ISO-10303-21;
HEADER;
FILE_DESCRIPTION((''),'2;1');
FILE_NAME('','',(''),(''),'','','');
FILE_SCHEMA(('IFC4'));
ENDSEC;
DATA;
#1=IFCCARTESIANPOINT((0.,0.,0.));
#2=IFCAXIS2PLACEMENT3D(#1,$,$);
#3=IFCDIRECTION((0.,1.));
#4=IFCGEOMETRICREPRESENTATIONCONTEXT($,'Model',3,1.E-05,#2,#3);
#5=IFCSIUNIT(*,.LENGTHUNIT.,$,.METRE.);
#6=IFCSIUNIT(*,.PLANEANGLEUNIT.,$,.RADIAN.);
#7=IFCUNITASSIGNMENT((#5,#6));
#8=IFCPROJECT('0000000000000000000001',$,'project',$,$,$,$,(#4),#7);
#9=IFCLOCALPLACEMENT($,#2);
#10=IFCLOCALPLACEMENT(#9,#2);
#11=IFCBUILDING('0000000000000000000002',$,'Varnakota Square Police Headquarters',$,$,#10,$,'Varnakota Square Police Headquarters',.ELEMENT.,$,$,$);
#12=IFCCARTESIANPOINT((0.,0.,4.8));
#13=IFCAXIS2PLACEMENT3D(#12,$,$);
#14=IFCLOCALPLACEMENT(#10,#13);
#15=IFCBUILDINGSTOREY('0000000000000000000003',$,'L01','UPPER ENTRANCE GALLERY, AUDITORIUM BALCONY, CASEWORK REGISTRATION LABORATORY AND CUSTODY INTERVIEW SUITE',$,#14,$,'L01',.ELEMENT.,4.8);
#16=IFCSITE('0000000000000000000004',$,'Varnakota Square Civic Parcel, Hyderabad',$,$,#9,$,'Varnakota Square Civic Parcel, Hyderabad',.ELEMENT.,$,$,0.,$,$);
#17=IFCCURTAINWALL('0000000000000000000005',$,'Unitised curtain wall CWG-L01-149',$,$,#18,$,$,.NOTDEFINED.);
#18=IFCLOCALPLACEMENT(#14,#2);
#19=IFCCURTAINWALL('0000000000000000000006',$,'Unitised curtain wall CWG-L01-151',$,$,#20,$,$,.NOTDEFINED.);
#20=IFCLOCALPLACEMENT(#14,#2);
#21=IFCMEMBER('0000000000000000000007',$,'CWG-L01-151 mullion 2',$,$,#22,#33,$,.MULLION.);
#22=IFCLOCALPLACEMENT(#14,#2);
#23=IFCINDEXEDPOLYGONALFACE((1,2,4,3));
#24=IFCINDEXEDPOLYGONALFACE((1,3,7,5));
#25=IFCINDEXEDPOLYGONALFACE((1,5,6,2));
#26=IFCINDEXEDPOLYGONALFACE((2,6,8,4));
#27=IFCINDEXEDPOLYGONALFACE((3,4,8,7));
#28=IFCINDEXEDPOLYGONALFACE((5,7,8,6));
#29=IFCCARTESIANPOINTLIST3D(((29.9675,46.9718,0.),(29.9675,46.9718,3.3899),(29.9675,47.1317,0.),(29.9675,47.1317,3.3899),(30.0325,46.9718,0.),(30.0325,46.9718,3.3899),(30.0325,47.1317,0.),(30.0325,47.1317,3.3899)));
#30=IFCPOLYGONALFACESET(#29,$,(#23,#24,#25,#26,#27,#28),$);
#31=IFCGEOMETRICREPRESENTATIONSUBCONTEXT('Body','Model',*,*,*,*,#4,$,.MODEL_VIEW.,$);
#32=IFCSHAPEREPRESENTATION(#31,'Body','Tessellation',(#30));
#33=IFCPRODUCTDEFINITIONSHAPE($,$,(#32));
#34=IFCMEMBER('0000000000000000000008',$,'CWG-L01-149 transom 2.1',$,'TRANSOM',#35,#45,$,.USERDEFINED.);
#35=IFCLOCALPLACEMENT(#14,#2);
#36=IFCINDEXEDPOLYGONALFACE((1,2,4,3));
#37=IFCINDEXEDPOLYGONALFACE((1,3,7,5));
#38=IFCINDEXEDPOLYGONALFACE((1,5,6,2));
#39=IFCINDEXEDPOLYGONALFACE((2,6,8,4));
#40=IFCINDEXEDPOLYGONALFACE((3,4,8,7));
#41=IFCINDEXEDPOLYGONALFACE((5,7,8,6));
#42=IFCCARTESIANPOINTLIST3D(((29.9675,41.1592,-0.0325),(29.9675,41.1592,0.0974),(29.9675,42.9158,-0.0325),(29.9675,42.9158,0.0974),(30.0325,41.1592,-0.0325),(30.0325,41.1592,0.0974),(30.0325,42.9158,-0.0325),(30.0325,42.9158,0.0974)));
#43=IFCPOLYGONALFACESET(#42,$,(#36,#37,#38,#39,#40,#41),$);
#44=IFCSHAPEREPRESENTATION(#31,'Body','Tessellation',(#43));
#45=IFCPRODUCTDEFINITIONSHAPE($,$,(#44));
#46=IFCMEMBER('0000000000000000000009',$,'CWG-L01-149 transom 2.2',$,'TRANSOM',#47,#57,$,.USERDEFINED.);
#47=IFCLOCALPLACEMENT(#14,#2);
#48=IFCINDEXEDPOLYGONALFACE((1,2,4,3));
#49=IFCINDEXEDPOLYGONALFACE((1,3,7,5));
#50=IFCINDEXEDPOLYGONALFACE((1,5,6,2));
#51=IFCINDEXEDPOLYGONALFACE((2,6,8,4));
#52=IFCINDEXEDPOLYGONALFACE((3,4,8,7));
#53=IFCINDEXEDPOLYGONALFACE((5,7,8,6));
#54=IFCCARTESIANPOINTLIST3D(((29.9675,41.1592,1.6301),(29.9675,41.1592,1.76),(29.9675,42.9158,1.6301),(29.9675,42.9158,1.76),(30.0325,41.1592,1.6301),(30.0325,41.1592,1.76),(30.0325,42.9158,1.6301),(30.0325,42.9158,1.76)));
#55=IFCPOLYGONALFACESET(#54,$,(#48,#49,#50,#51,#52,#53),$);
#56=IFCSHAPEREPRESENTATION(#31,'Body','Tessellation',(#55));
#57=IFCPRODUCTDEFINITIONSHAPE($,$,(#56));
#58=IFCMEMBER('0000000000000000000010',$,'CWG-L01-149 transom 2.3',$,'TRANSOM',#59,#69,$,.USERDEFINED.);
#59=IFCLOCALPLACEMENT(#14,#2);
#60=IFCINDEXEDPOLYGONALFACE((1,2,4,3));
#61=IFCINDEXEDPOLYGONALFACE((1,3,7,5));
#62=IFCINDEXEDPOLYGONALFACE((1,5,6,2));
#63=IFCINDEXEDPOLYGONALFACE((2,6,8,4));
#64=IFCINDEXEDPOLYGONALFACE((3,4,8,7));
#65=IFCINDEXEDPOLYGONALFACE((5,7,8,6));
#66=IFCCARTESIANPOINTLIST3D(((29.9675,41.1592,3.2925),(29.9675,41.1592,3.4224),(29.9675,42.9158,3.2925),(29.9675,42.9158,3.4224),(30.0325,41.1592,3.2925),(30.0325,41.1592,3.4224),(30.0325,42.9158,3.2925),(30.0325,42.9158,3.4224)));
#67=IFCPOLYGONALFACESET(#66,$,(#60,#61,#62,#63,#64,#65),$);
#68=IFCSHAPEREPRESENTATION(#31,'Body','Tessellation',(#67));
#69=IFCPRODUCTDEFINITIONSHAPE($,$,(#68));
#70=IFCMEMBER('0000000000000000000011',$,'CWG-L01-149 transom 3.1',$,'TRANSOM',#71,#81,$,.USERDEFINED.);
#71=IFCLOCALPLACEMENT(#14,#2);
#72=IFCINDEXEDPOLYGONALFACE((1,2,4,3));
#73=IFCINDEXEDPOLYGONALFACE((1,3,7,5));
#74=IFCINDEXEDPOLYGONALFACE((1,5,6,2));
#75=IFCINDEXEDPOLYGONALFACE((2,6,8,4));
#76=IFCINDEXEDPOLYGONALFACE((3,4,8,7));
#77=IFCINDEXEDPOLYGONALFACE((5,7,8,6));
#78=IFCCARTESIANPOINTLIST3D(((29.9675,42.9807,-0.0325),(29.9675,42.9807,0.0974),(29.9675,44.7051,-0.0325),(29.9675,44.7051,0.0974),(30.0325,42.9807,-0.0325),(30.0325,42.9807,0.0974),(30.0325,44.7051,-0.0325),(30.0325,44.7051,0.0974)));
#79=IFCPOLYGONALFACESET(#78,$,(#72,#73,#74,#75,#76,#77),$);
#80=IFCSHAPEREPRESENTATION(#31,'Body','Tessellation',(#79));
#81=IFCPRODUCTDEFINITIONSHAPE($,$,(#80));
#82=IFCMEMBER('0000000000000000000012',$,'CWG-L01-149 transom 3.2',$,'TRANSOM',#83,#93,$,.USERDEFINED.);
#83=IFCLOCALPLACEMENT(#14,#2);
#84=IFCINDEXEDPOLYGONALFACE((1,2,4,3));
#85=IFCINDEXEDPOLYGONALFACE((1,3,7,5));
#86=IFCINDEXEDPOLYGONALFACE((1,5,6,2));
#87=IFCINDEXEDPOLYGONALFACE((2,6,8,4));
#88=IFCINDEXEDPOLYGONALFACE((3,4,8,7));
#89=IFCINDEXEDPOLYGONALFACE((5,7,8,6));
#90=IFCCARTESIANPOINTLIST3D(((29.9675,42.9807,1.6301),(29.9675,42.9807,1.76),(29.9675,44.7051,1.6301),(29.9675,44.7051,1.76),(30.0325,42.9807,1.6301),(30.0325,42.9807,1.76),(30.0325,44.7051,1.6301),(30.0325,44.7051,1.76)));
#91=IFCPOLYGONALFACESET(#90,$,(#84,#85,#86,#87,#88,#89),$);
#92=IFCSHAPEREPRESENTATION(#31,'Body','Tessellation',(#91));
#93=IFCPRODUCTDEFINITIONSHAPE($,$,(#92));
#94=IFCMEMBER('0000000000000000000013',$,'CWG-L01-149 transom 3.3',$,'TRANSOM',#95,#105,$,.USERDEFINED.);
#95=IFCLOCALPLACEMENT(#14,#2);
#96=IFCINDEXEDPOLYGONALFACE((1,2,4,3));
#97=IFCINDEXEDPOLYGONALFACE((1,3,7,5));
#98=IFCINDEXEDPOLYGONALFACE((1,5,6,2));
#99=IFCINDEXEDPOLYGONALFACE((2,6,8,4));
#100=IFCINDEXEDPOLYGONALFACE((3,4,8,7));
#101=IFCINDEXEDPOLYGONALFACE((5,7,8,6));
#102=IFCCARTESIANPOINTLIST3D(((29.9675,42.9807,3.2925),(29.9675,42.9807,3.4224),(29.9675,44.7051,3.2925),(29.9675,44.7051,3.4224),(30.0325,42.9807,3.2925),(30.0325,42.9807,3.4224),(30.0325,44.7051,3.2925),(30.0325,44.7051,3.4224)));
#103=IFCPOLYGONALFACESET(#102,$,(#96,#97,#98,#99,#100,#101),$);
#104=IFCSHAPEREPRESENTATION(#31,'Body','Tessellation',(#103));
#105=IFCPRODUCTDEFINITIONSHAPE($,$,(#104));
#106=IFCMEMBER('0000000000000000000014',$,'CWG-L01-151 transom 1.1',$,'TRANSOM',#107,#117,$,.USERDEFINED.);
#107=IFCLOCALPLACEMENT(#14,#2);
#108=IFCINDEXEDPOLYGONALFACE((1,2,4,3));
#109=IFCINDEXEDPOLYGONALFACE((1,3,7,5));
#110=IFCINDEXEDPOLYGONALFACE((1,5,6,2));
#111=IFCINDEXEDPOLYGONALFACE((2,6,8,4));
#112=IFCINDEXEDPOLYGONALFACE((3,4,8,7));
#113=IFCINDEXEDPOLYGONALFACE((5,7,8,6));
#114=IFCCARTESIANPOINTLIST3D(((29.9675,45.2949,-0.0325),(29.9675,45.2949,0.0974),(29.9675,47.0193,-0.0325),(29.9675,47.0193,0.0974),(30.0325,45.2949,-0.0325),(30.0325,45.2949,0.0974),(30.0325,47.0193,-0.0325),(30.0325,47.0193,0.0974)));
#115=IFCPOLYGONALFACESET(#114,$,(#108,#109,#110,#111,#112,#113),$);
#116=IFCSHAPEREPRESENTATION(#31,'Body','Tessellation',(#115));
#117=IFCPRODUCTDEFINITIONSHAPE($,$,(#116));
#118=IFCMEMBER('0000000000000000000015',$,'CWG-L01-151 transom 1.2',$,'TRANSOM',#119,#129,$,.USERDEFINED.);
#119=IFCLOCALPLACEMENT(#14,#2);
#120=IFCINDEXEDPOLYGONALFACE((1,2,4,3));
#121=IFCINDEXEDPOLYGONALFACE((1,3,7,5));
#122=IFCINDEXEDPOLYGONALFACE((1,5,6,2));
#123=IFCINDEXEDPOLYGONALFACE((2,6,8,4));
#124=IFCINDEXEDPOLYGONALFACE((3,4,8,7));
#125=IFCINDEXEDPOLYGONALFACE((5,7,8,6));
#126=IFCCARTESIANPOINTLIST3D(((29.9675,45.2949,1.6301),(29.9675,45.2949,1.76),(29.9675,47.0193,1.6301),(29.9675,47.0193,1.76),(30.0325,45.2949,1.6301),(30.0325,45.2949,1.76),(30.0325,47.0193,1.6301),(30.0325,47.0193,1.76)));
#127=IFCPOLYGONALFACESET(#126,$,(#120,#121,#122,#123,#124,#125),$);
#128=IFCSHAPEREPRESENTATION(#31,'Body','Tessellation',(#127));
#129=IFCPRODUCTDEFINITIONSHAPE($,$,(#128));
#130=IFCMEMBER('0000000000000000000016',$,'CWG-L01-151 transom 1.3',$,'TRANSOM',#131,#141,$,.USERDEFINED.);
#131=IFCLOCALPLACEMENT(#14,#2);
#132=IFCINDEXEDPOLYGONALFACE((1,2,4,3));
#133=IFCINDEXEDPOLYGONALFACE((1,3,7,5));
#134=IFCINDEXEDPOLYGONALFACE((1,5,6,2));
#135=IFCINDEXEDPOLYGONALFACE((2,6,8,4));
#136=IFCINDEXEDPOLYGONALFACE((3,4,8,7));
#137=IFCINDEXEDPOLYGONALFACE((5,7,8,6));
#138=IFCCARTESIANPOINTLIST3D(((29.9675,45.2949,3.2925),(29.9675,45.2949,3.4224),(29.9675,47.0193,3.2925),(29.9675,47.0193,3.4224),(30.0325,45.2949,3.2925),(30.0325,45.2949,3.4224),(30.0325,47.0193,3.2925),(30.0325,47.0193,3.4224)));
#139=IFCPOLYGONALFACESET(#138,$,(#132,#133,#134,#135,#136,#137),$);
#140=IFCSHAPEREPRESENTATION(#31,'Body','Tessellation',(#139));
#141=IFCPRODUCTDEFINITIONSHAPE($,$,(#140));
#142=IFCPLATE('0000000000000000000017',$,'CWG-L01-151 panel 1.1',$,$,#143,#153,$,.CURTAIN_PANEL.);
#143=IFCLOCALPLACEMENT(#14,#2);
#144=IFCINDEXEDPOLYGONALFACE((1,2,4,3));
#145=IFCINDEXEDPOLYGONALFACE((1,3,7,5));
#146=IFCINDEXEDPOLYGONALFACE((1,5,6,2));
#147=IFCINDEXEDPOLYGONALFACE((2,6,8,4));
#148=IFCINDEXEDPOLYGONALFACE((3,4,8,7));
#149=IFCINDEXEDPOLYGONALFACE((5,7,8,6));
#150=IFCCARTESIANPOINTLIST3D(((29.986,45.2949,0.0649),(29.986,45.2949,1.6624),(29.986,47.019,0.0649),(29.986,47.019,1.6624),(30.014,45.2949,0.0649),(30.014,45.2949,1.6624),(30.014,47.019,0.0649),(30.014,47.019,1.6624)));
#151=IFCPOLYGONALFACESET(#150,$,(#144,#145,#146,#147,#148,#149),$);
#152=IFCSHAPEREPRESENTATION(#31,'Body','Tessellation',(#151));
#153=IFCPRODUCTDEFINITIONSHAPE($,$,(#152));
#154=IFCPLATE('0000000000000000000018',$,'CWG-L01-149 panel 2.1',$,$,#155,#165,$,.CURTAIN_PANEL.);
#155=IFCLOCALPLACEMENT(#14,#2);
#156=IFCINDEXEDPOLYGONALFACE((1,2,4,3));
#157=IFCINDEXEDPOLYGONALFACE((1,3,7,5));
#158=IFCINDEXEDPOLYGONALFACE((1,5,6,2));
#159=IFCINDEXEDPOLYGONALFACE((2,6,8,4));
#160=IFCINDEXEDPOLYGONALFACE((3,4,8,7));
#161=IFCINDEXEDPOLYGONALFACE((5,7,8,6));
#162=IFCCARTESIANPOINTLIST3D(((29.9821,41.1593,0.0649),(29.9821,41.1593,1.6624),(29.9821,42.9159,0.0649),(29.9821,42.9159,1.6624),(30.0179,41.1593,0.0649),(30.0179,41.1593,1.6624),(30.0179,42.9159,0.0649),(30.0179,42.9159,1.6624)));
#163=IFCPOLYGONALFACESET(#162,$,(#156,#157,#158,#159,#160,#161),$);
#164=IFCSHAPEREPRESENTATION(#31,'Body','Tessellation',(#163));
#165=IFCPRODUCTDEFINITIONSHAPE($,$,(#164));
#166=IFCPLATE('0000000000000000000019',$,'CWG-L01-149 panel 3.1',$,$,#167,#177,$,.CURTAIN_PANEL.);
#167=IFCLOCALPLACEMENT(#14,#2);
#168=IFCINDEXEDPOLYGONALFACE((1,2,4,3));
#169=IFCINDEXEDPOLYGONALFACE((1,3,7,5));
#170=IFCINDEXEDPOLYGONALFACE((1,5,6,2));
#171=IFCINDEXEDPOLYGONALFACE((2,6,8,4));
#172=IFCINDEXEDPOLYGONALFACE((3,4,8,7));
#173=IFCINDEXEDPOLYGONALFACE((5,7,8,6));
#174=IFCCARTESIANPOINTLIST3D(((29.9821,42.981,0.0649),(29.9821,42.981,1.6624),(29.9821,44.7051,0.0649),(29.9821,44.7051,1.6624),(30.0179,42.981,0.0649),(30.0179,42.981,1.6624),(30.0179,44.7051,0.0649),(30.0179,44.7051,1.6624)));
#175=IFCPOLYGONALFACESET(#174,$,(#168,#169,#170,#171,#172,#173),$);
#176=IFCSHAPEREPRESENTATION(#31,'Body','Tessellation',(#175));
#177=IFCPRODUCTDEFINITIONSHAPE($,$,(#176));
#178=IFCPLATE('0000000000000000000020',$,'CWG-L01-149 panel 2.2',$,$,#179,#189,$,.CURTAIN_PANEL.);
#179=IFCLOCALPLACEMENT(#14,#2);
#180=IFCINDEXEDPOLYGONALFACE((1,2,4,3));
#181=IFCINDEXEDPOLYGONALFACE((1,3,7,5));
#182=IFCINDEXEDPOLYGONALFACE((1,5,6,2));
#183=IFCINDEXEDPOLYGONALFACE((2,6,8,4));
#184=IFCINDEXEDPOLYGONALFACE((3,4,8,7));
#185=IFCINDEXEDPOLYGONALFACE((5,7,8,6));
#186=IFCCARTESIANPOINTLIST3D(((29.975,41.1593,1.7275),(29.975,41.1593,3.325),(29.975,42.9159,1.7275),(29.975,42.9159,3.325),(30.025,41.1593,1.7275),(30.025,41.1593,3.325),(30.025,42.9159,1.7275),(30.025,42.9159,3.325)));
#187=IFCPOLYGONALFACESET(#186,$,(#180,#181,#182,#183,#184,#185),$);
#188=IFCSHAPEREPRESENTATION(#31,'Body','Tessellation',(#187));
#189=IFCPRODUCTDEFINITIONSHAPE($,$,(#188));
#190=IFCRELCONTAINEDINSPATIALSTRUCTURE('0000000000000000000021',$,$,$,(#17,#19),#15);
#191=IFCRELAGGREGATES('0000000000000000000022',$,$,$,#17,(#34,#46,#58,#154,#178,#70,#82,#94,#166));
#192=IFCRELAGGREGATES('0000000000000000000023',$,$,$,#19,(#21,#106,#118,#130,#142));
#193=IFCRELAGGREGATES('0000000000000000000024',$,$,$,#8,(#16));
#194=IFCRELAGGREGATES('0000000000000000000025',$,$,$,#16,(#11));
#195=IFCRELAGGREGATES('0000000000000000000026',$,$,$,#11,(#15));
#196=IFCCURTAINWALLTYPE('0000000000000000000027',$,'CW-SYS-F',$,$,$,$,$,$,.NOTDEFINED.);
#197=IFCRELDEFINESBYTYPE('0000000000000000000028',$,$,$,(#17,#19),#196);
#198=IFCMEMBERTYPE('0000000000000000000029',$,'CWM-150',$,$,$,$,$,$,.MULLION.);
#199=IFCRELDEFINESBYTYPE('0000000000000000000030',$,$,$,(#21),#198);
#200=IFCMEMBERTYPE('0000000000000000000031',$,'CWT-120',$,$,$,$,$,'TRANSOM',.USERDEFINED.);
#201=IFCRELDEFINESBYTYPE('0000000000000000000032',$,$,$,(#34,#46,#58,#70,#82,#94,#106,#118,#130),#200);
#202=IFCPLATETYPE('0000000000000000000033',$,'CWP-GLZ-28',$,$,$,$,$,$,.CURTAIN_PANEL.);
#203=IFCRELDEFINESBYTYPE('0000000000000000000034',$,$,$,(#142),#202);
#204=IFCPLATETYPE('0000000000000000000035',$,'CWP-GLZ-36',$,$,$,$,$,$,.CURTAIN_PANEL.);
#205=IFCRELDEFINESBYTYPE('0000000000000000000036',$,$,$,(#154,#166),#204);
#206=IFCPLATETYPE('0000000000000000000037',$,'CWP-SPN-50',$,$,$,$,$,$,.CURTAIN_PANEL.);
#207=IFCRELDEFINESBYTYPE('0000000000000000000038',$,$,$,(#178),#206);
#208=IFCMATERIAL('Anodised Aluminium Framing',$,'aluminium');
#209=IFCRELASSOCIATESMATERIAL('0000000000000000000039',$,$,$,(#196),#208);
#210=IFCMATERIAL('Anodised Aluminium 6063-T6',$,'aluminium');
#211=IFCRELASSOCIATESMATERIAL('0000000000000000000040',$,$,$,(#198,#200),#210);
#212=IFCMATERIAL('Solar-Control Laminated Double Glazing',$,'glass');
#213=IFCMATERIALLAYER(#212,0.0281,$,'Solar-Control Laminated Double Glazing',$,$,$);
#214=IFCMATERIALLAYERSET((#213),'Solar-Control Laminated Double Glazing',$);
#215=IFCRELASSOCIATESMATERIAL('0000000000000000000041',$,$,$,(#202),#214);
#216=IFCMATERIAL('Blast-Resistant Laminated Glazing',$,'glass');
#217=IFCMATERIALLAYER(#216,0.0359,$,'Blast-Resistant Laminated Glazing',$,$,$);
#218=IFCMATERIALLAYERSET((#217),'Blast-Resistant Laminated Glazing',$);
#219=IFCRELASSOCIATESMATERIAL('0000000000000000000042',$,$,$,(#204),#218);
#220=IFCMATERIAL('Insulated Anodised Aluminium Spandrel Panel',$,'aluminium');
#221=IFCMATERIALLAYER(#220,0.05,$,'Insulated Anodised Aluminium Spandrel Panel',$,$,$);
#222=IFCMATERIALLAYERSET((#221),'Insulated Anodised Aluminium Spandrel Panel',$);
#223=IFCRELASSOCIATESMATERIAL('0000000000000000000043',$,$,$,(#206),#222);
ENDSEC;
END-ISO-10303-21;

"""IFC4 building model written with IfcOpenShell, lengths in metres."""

from ifc_helpers import new_model, si_unit, direction, frame, origin, origin_2d, place, context, subcontext, project, spatial, rectangle, extrude, material, layer, layer_set, material_profile, profile_set, type_object, element, aggregate, save


model = new_model("IFC4")

# Units and contexts
model_context = context("Model", 3, precision=1e-05, world=origin(), true_north=direction((0.0, 1.0)))
body_context = subcontext(model_context, "Body", "Model", "MODEL_VIEW")
ifc_project = project(units=[si_unit("LENGTHUNIT", "METRE"), si_unit("PLANEANGLEUNIT", "RADIAN")], contexts=[model_context])

# Site, building, storey
site_placement = place(None, origin())
site = spatial("IfcSite", under=ifc_project, at=site_placement, Name="Varnakota Square Civic Parcel, Hyderabad", LongName="Varnakota Square Civic Parcel, Hyderabad", CompositionType="ELEMENT", RefElevation=0.0)
building_placement = place(site_placement, origin())
building = spatial("IfcBuilding", under=site, at=building_placement, Name="Varnakota Square Police Headquarters", LongName="Varnakota Square Police Headquarters", CompositionType="ELEMENT")
storey_placement = place(building_placement, frame((0.0, 0.0, 4.8)))
storey = spatial("IfcBuildingStorey", under=building, at=storey_placement, Name="L01", Description="UPPER ENTRANCE GALLERY, AUDITORIUM BALCONY, CASEWORK REGISTRATION LABORATORY AND CUSTODY INTERVIEW SUITE", LongName="L01", CompositionType="ELEMENT", Elevation=4.8)

# Curtain walls, member
ifc_material_1 = material(Name="Anodised Aluminium Framing", Category="aluminium")
curtain_wall_type = type_object("IfcCurtainWallType", Name="CW-SYS-F", PredefinedType="NOTDEFINED", material=ifc_material_1)
curtain_wall_1_placement = place(storey_placement, origin())
curtain_wall_1 = element("IfcCurtainWall", 1, at=curtain_wall_1_placement, inside=storey, type_object=curtain_wall_type, Name="Unitised curtain wall CWG-L01-149", PredefinedType="NOTDEFINED")
ifc_material_2 = material(Name="Anodised Aluminium 6063-T6", Category="aluminium")
ifc_material_profile_1 = material_profile(ifc_material_2, rectangle(XDim=0.0649, YDim=0.1599, at=origin_2d()), Name="ALU MULLION 65x160")
ifc_profile_set_1 = profile_set([ifc_material_profile_1], Name="Anodised Aluminium 6063-T6")
member_type_1 = type_object("IfcMemberType", Name="CWM-150", PredefinedType="MULLION", material=ifc_profile_set_1)
curtain_wall_2_placement = place(storey_placement, origin())
curtain_wall_2 = element("IfcCurtainWall", 2, at=curtain_wall_2_placement, inside=storey, type_object=curtain_wall_type, Name="Unitised curtain wall CWG-L01-151", PredefinedType="NOTDEFINED")
member_1_placement = place(storey_placement, frame((30.0, 47.0518, 0.0), z_axis=(0.0, 0.0, 1.0), x_axis=(-1.0, 0.0, 0.0)))
member_1 = element("IfcMember", 3, at=member_1_placement, type_object=member_type_1, Name="CWG-L01-151 mullion 2", PredefinedType="MULLION", context=body_context, shape_type="SweptSolid", body=[
    extrude(rectangle(XDim=0.0649, YDim=0.1599, at=origin_2d()), origin(), (0.0, 0.0, 1.0), 3.3899),
])

# Members
ifc_material_profile_2 = material_profile(ifc_material_2, rectangle(XDim=0.0649, YDim=0.1299, at=origin_2d()), Name="ALU TRANSOM 65x130")
ifc_profile_set_2 = profile_set([ifc_material_profile_2], Name="Anodised Aluminium 6063-T6")
member_type_2 = type_object("IfcMemberType", Name="CWT-120", ElementType="TRANSOM", PredefinedType="USERDEFINED", material=ifc_profile_set_2)
member_2_placement = place(storey_placement, frame((30.0, 41.1592, 0.0325), z_axis=(0.0, 1.0, 0.0), x_axis=(-1.0, 0.0, 0.0)))
member_2 = element("IfcMember", 4, at=member_2_placement, type_object=member_type_2, Name="CWG-L01-149 transom 2.1", ObjectType="TRANSOM", PredefinedType="USERDEFINED", context=body_context, shape_type="SweptSolid", body=[
    extrude(rectangle(XDim=0.0649, YDim=0.1299, at=origin_2d()), origin(), (0.0, 0.0, 1.0), 1.7566),
])
member_3_placement = place(storey_placement, frame((30.0, 41.1592, 1.6951), z_axis=(0.0, 1.0, 0.0), x_axis=(-1.0, 0.0, 0.0)))
member_3 = element("IfcMember", 5, at=member_3_placement, type_object=member_type_2, Name="CWG-L01-149 transom 2.2", ObjectType="TRANSOM", PredefinedType="USERDEFINED", context=body_context, shape_type="SweptSolid", body=[
    extrude(rectangle(XDim=0.0649, YDim=0.1299, at=origin_2d()), origin(), (0.0, 0.0, 1.0), 1.7566),
])
member_4_placement = place(storey_placement, frame((30.0, 41.1592, 3.3574), z_axis=(0.0, 1.0, 0.0), x_axis=(-1.0, 0.0, 0.0)))
member_4 = element("IfcMember", 6, at=member_4_placement, type_object=member_type_2, Name="CWG-L01-149 transom 2.3", ObjectType="TRANSOM", PredefinedType="USERDEFINED", context=body_context, shape_type="SweptSolid", body=[
    extrude(rectangle(XDim=0.0649, YDim=0.1299, at=origin_2d()), origin(), (0.0, 0.0, 1.0), 1.7566),
])
member_5_placement = place(storey_placement, frame((30.0, 42.9807, 0.0325), z_axis=(0.0, 1.0, 0.0), x_axis=(-1.0, 0.0, 0.0)))
member_5 = element("IfcMember", 7, at=member_5_placement, type_object=member_type_2, Name="CWG-L01-149 transom 3.1", ObjectType="TRANSOM", PredefinedType="USERDEFINED", context=body_context, shape_type="SweptSolid", body=[
    extrude(rectangle(XDim=0.0649, YDim=0.1299, at=origin_2d()), origin(), (0.0, 0.0, 1.0), 1.7244),
])
member_6_placement = place(storey_placement, frame((30.0, 42.9807, 1.6951), z_axis=(0.0, 1.0, 0.0), x_axis=(-1.0, 0.0, 0.0)))
member_6 = element("IfcMember", 8, at=member_6_placement, type_object=member_type_2, Name="CWG-L01-149 transom 3.2", ObjectType="TRANSOM", PredefinedType="USERDEFINED", context=body_context, shape_type="SweptSolid", body=[
    extrude(rectangle(XDim=0.0649, YDim=0.1299, at=origin_2d()), origin(), (0.0, 0.0, 1.0), 1.7244),
])
member_7_placement = place(storey_placement, frame((30.0, 42.9807, 3.3574), z_axis=(0.0, 1.0, 0.0), x_axis=(-1.0, 0.0, 0.0)))
member_7 = element("IfcMember", 9, at=member_7_placement, type_object=member_type_2, Name="CWG-L01-149 transom 3.3", ObjectType="TRANSOM", PredefinedType="USERDEFINED", context=body_context, shape_type="SweptSolid", body=[
    extrude(rectangle(XDim=0.0649, YDim=0.1299, at=origin_2d()), origin(), (0.0, 0.0, 1.0), 1.7244),
])
member_8_placement = place(storey_placement, frame((30.0, 45.2949, 0.0325), z_axis=(0.0, 1.0, 0.0), x_axis=(-1.0, 0.0, 0.0)))
member_8 = element("IfcMember", 10, at=member_8_placement, type_object=member_type_2, Name="CWG-L01-151 transom 1.1", ObjectType="TRANSOM", PredefinedType="USERDEFINED", context=body_context, shape_type="SweptSolid", body=[
    extrude(rectangle(XDim=0.0649, YDim=0.1299, at=origin_2d()), origin(), (0.0, 0.0, 1.0), 1.7244),
])
member_9_placement = place(storey_placement, frame((30.0, 45.2949, 1.6951), z_axis=(0.0, 1.0, 0.0), x_axis=(-1.0, 0.0, 0.0)))
member_9 = element("IfcMember", 11, at=member_9_placement, type_object=member_type_2, Name="CWG-L01-151 transom 1.2", ObjectType="TRANSOM", PredefinedType="USERDEFINED", context=body_context, shape_type="SweptSolid", body=[
    extrude(rectangle(XDim=0.0649, YDim=0.1299, at=origin_2d()), origin(), (0.0, 0.0, 1.0), 1.7244),
])
member_10_placement = place(storey_placement, frame((30.0, 45.2949, 3.3574), z_axis=(0.0, 1.0, 0.0), x_axis=(-1.0, 0.0, 0.0)))
member_10 = element("IfcMember", 12, at=member_10_placement, type_object=member_type_2, Name="CWG-L01-151 transom 1.3", ObjectType="TRANSOM", PredefinedType="USERDEFINED", context=body_context, shape_type="SweptSolid", body=[
    extrude(rectangle(XDim=0.0649, YDim=0.1299, at=origin_2d()), origin(), (0.0, 0.0, 1.0), 1.7244),
])

# Plates
ifc_material_3 = material(Name="Solar-Control Laminated Double Glazing", Category="glass")
ifc_layer_1 = layer(ifc_material_3, 0.0281, Name="Solar-Control Laminated Double Glazing")
ifc_layer_set_1 = layer_set([ifc_layer_1], Name="Solar-Control Laminated Double Glazing")
plate_type_1 = type_object("IfcPlateType", Name="CWP-GLZ-28", PredefinedType="CURTAIN_PANEL", material=ifc_layer_set_1)
plate_1_placement = place(storey_placement, frame((30.0, 46.157, 0.0649), z_axis=(0.0, 0.0, 1.0), x_axis=(0.0, 1.0, 0.0)))
plate_1 = element("IfcPlate", 13, at=plate_1_placement, type_object=plate_type_1, Name="CWG-L01-151 panel 1.1", PredefinedType="CURTAIN_PANEL", context=body_context, shape_type="SweptSolid", body=[
    extrude(rectangle(XDim=1.7241, YDim=0.0281, at=origin_2d()), origin(), (0.0, 0.0, 1.0), 1.5974),
])
ifc_material_4 = material(Name="Blast-Resistant Laminated Glazing", Category="glass")
ifc_layer_2 = layer(ifc_material_4, 0.0359, Name="Blast-Resistant Laminated Glazing")
ifc_layer_set_2 = layer_set([ifc_layer_2], Name="Blast-Resistant Laminated Glazing")
plate_type_2 = type_object("IfcPlateType", Name="CWP-GLZ-36", PredefinedType="CURTAIN_PANEL", material=ifc_layer_set_2)
plate_2_placement = place(storey_placement, frame((30.0, 42.0376, 0.0649), z_axis=(0.0, 0.0, 1.0), x_axis=(0.0, 1.0, 0.0)))
plate_2 = element("IfcPlate", 14, at=plate_2_placement, type_object=plate_type_2, Name="CWG-L01-149 panel 2.1", PredefinedType="CURTAIN_PANEL", context=body_context, shape_type="SweptSolid", body=[
    extrude(rectangle(XDim=1.7566, YDim=0.0359, at=origin_2d()), origin(), (0.0, 0.0, 1.0), 1.5974),
])
plate_3_placement = place(storey_placement, frame((30.0, 43.843, 0.0649), z_axis=(0.0, 0.0, 1.0), x_axis=(0.0, 1.0, 0.0)))
plate_3 = element("IfcPlate", 15, at=plate_3_placement, type_object=plate_type_2, Name="CWG-L01-149 panel 3.1", PredefinedType="CURTAIN_PANEL", context=body_context, shape_type="SweptSolid", body=[
    extrude(rectangle(XDim=1.7241, YDim=0.0359, at=origin_2d()), origin(), (0.0, 0.0, 1.0), 1.5974),
])
ifc_material_5 = material(Name="Insulated Anodised Aluminium Spandrel Panel", Category="aluminium")
ifc_layer_3 = layer(ifc_material_5, 0.05, Name="Insulated Anodised Aluminium Spandrel Panel")
ifc_layer_set_3 = layer_set([ifc_layer_3], Name="Insulated Anodised Aluminium Spandrel Panel")
plate_type_3 = type_object("IfcPlateType", Name="CWP-SPN-50", PredefinedType="CURTAIN_PANEL", material=ifc_layer_set_3)
plate_4_placement = place(storey_placement, frame((30.0, 42.0376, 1.7275), z_axis=(0.0, 0.0, 1.0), x_axis=(0.0, 1.0, 0.0)))
plate_4 = element("IfcPlate", 16, at=plate_4_placement, type_object=plate_type_3, Name="CWG-L01-149 panel 2.2", PredefinedType="CURTAIN_PANEL", context=body_context, shape_type="SweptSolid", body=[
    extrude(rectangle(XDim=1.7566, YDim=0.05, at=origin_2d()), origin(), (0.0, 0.0, 1.0), 1.5974),
])
aggregate(curtain_wall_1, [member_2, member_3, member_4, plate_2, plate_4, member_5, member_6, member_7, plate_3])
aggregate(curtain_wall_2, [member_1, member_8, member_9, member_10, plate_1])

save(model, "model.ifc")
